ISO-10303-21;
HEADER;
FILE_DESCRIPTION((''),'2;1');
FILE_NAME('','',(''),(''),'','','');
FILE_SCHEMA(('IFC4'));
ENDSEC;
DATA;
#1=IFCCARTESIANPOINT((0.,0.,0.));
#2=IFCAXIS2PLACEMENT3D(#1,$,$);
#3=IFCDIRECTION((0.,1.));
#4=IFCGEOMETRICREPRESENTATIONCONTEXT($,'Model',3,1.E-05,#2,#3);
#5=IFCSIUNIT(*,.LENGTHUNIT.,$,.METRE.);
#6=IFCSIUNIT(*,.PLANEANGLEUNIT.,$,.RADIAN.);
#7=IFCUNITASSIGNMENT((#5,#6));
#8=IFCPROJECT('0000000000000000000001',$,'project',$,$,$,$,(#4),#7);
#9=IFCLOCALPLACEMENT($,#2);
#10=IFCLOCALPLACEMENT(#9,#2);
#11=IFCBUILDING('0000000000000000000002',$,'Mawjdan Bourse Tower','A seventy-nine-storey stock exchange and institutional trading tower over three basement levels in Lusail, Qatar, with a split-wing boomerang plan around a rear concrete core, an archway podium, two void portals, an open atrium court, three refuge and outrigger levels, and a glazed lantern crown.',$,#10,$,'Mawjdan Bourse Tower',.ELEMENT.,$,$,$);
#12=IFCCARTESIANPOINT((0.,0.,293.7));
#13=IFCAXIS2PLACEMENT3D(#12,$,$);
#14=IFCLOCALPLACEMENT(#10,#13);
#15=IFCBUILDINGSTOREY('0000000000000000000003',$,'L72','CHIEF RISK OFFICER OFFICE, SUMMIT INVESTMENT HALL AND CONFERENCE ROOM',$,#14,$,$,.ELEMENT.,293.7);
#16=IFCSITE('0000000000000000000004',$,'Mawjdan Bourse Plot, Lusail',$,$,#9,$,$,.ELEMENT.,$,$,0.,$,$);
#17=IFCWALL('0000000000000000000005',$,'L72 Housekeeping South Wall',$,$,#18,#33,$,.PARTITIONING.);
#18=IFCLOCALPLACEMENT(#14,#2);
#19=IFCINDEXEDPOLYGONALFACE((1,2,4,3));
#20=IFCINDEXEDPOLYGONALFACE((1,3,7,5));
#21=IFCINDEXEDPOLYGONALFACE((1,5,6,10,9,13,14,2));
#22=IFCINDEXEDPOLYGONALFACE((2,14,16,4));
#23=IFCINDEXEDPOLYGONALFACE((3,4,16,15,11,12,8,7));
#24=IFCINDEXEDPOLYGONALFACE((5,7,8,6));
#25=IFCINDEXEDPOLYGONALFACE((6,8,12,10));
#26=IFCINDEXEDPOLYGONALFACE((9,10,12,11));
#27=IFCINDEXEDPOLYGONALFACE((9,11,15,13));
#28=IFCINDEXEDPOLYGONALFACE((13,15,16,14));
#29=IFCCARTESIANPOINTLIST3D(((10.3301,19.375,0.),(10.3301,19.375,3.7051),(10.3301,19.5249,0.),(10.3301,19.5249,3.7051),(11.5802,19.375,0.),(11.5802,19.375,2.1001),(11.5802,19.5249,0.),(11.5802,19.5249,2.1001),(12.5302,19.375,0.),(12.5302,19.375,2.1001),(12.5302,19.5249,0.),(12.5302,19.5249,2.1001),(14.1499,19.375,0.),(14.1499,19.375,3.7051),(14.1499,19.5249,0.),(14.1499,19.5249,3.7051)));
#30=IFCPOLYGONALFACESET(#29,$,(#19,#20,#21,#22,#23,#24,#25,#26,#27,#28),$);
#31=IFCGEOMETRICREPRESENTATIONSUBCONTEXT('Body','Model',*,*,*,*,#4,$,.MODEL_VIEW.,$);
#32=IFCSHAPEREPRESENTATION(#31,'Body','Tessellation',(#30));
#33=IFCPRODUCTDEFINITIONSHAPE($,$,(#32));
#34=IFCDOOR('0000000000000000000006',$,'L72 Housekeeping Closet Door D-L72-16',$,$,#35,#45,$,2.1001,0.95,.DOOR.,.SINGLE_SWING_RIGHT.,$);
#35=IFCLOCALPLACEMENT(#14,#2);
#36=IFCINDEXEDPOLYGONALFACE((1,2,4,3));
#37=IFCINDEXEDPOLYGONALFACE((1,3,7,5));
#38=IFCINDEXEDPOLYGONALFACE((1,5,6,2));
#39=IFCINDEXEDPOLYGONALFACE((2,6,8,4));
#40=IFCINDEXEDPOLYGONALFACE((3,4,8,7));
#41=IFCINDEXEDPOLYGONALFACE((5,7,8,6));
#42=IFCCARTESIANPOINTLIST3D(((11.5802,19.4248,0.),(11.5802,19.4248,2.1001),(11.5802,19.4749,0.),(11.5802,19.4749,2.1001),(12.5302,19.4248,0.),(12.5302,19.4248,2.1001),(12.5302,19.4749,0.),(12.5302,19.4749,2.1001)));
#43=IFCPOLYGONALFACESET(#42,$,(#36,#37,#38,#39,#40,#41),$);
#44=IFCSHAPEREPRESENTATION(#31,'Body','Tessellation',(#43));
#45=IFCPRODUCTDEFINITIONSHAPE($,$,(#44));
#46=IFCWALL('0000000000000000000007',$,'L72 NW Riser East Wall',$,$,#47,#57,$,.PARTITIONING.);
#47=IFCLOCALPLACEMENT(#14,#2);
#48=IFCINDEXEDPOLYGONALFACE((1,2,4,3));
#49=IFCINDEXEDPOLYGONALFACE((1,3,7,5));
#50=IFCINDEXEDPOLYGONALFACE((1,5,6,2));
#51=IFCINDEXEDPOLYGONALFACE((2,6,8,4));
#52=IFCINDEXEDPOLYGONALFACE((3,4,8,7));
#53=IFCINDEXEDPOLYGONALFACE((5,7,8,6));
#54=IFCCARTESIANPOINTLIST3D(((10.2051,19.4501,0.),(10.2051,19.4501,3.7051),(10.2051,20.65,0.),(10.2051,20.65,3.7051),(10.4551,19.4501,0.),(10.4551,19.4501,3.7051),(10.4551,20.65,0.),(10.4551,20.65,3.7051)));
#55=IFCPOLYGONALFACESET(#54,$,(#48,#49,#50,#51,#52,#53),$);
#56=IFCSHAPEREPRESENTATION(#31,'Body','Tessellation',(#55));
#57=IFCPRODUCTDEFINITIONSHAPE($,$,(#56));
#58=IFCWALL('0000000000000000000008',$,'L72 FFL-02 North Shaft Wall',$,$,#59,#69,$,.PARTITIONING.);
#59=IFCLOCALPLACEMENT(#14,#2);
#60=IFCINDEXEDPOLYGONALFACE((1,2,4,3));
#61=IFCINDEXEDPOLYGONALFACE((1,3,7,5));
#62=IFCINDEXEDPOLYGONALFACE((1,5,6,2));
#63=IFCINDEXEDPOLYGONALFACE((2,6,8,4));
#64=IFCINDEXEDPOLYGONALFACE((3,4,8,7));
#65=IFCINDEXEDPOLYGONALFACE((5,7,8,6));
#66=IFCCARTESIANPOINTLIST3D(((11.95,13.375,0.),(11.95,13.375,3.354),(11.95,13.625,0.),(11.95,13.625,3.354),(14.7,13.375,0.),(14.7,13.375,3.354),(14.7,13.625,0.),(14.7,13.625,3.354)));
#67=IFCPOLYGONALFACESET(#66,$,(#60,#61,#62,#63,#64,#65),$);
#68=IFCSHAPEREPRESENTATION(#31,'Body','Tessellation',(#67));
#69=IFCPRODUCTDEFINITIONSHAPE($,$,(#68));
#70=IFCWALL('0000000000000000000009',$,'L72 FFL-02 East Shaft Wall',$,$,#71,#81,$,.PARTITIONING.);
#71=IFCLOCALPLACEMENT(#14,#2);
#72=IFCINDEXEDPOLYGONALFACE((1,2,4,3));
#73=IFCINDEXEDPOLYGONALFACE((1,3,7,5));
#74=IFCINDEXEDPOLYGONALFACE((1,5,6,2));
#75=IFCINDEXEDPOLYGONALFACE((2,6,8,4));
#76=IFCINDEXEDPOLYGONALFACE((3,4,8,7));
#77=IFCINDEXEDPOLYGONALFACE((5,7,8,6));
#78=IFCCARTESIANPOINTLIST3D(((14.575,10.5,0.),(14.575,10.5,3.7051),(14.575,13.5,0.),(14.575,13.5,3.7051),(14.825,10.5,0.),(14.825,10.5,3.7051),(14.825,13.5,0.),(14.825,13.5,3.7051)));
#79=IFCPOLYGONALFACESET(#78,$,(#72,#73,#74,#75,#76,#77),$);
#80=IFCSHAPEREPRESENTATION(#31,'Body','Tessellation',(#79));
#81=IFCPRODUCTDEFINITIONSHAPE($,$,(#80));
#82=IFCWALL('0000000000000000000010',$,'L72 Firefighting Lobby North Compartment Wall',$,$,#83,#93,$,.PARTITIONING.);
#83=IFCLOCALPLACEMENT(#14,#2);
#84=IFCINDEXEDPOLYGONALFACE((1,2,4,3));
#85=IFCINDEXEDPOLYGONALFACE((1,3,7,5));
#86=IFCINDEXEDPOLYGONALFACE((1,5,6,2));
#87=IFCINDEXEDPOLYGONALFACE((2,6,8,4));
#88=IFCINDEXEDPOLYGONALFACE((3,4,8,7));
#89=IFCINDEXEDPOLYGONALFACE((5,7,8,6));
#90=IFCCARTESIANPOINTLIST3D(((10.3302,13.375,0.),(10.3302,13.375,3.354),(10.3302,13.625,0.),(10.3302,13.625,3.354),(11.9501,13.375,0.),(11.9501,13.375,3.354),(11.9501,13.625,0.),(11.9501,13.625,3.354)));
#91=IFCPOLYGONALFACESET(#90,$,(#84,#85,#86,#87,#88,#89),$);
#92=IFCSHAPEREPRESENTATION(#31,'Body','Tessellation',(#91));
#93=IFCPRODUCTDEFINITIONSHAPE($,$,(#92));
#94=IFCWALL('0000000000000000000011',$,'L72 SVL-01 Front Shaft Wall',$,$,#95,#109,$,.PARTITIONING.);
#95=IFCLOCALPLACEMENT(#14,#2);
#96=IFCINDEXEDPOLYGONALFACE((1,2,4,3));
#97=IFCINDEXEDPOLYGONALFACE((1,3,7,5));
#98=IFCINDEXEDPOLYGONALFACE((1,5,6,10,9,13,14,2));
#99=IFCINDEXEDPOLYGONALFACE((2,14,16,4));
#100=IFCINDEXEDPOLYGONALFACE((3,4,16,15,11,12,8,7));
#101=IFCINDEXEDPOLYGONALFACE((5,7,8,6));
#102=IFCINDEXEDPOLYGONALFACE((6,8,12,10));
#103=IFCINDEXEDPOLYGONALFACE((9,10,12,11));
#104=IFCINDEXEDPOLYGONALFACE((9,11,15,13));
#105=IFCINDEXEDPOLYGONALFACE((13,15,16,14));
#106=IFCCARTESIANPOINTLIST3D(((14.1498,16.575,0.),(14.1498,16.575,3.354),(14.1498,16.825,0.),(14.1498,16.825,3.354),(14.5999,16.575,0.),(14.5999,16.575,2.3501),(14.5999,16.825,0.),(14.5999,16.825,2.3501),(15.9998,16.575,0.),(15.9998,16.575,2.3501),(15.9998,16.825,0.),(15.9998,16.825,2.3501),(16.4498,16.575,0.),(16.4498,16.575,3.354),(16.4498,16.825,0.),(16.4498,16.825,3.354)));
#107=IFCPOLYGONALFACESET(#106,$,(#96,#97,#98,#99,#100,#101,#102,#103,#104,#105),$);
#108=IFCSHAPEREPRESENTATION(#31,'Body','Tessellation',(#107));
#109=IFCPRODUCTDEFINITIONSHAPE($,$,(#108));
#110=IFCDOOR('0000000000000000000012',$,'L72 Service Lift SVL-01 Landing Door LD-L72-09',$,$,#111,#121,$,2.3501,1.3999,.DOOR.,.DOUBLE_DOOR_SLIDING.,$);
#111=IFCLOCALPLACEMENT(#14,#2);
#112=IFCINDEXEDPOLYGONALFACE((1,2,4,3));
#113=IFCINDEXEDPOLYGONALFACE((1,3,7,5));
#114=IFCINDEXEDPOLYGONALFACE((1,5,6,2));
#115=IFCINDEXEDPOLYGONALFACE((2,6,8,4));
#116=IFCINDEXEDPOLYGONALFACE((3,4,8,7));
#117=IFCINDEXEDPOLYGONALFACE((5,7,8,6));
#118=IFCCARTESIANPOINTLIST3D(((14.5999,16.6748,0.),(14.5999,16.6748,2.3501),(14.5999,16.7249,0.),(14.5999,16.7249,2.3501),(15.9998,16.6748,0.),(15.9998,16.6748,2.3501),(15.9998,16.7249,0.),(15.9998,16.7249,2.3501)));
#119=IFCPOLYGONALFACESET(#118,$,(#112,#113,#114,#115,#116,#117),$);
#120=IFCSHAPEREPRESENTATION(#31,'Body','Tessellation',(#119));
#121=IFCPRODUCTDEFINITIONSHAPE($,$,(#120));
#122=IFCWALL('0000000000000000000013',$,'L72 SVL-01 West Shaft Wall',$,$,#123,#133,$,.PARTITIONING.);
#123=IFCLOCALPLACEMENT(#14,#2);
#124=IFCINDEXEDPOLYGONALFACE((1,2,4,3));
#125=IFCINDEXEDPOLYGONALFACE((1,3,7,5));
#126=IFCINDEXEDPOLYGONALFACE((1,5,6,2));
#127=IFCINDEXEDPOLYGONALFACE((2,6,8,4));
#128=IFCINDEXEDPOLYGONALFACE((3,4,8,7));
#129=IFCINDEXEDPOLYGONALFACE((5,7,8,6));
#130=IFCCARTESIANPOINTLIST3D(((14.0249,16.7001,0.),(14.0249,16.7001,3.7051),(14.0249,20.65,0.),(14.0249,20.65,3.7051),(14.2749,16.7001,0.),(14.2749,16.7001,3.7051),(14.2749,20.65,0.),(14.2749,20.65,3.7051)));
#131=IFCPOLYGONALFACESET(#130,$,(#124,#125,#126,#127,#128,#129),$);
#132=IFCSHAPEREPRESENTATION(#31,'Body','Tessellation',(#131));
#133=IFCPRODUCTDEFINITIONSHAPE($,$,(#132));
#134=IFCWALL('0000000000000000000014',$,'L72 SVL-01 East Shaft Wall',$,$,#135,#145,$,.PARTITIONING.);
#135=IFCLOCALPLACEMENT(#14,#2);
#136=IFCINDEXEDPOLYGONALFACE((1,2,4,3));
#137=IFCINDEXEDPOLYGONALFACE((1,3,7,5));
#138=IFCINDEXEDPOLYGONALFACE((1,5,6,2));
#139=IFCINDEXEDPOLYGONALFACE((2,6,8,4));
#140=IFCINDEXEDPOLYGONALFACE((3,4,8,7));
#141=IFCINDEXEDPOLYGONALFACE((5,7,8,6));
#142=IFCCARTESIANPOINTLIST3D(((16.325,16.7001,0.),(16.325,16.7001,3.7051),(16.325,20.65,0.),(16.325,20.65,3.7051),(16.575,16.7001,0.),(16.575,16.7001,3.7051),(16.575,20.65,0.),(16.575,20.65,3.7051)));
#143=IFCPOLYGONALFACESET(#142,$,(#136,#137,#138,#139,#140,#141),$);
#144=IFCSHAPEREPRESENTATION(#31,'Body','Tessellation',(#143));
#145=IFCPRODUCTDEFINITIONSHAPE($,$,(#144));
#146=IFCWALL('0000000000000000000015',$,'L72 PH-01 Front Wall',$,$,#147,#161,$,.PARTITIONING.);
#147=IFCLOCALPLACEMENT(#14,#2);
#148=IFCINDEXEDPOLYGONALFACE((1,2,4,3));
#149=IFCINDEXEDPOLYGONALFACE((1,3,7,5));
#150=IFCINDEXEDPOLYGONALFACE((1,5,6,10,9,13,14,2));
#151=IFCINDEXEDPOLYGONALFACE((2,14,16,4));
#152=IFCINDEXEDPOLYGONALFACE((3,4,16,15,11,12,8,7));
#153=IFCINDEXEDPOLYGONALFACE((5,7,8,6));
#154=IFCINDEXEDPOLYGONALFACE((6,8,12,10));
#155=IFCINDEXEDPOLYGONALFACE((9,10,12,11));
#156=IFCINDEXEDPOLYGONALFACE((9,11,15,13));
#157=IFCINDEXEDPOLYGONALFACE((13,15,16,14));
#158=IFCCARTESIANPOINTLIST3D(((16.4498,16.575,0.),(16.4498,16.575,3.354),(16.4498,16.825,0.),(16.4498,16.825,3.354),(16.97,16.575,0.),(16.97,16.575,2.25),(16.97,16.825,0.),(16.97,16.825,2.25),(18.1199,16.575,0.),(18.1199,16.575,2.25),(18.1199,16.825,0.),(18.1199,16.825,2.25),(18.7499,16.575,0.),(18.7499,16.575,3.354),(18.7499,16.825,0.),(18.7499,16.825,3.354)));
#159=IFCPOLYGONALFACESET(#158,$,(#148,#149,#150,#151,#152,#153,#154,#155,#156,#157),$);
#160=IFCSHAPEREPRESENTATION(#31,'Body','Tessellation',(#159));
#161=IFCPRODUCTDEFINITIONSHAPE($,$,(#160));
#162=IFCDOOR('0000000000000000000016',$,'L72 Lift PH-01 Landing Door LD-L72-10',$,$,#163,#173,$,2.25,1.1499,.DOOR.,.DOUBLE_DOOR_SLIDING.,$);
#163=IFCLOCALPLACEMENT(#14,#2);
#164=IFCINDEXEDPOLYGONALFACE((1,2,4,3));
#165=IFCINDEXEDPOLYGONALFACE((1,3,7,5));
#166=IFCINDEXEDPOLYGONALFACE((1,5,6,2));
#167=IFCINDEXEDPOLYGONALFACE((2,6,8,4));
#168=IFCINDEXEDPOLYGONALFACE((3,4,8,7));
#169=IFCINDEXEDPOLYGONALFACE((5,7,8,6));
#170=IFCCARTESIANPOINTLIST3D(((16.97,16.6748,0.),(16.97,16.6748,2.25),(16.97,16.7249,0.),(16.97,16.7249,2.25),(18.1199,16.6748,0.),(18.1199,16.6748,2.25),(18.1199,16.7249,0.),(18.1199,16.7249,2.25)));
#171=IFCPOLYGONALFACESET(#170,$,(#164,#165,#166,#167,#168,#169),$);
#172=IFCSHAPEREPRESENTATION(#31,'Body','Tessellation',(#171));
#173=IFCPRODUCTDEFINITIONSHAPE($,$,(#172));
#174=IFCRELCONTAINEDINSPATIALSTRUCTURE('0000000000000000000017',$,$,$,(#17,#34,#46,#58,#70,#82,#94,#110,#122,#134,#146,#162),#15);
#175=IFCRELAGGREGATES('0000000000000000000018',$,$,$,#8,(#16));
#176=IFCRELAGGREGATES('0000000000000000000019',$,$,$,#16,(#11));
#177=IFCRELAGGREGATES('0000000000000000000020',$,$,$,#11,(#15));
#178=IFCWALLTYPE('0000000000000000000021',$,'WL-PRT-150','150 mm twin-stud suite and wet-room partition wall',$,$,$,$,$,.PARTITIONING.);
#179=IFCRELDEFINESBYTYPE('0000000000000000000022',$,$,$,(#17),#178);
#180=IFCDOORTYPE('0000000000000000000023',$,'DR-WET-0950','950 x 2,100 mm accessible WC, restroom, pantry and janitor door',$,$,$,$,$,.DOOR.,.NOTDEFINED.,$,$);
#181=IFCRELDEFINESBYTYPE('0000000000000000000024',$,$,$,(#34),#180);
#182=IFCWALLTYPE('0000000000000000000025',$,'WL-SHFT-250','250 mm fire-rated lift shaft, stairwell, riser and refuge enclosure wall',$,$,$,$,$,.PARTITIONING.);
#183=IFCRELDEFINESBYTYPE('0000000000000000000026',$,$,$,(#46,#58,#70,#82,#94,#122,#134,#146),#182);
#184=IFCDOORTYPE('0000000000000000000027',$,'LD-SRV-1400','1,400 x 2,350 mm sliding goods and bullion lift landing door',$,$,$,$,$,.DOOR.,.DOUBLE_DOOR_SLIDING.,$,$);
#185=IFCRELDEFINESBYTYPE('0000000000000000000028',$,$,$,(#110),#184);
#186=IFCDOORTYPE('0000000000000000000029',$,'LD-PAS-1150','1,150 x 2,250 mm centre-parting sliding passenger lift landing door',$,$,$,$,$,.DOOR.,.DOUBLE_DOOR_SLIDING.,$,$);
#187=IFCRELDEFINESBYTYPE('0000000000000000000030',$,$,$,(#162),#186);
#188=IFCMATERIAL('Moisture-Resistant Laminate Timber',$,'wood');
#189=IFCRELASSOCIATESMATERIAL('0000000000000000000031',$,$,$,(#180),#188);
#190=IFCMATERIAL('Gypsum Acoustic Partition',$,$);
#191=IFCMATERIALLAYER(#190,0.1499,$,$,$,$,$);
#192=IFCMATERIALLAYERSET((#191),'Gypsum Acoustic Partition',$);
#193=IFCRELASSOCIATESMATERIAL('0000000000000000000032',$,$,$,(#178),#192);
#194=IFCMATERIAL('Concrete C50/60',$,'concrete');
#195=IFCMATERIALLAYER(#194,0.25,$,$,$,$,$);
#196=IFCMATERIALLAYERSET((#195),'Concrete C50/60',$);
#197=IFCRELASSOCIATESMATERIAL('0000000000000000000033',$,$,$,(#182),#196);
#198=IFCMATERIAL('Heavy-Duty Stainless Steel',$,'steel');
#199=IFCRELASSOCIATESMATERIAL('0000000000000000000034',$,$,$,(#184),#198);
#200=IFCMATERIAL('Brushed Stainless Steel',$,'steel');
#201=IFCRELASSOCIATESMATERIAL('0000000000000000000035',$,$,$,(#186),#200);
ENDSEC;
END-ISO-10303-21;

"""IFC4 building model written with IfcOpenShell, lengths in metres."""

from ifc_helpers import new_model, si_unit, direction, frame, frame_2d, origin, place, context, subcontext, project, spatial, rectangle, extrude, material, layer, layer_set, type_object, element, fill, save


model = new_model("IFC4")

# Units and contexts
model_context = context("Model", 3, precision=1e-05, world=origin(), true_north=direction((0.0, 1.0)))
body_context = subcontext(model_context, "Body", "Model", "MODEL_VIEW")
ifc_project = project(units=[si_unit("LENGTHUNIT", "METRE"), si_unit("PLANEANGLEUNIT", "RADIAN")], contexts=[model_context])

# Site, building, storey
site_placement = place(None, origin())
site = spatial("IfcSite", under=ifc_project, at=site_placement, Name="Mawjdan Bourse Plot, Lusail", CompositionType="ELEMENT", RefElevation=0.0)
building_placement = place(site_placement, origin())
building = spatial("IfcBuilding", under=site, at=building_placement, Name="Mawjdan Bourse Tower", Description="A seventy-nine-storey stock exchange and institutional trading tower over three basement levels in Lusail, Qatar, with a split-wing boomerang plan around a rear concrete core, an archway podium, two void portals, an open atrium court, three refuge and outrigger levels, and a glazed lantern crown.", LongName="Mawjdan Bourse Tower", CompositionType="ELEMENT")
storey_placement = place(building_placement, frame((0.0, 0.0, 293.7)))
storey = spatial("IfcBuildingStorey", under=building, at=storey_placement, Name="L72", Description="CHIEF RISK OFFICER OFFICE, SUMMIT INVESTMENT HALL AND CONFERENCE ROOM", CompositionType="ELEMENT", Elevation=293.7)

# Wall, opening, door
ifc_material_1 = material(Name="Moisture-Resistant Laminate Timber", Category="wood")
door_type_1 = type_object("IfcDoorType", Name="DR-WET-0950", Description="950 x 2,100 mm accessible WC, restroom, pantry and janitor door", OperationType="NOTDEFINED", PredefinedType="DOOR", material=ifc_material_1)
ifc_material_2 = material(Name="Gypsum Acoustic Partition")
ifc_layer_1 = layer(ifc_material_2, 0.1499)
ifc_layer_set_1 = layer_set([ifc_layer_1], Name="Gypsum Acoustic Partition")
wall_type_1 = type_object("IfcWallType", Name="WL-PRT-150", Description="150 mm twin-stud suite and wet-room partition wall", PredefinedType="PARTITIONING", material=ifc_layer_set_1)
wall_1_placement = place(storey_placement, frame((10.3301, 19.45, 0.0), z_axis=(0.0, 0.0, 1.0), x_axis=(1.0, 0.0, 0.0)))
wall_1 = element("IfcWall", 1, at=wall_1_placement, inside=storey, type_object=wall_type_1, Name="L72 Housekeeping South Wall", PredefinedType="PARTITIONING", context=body_context, shape_type="SweptSolid", body=[
    extrude(rectangle(XDim=3.8198, YDim=0.1499, at=frame_2d((1.9099, 0.0))), origin(), (0.0, 0.0, 1.0), 3.7051),
])
opening_1_placement = place(wall_1_placement, frame((1.25, 0.0, 0.0)))
opening_1 = element("IfcOpeningElement", 2, at=opening_1_placement, cuts=wall_1, PredefinedType="OPENING", context=body_context, shape_type="SweptSolid", body=[
    extrude(rectangle(XDim=0.95, YDim=2.1001, at=frame_2d((0.4751, 1.05))), frame((0.0, 0.085, 0.0), z_axis=(0.0, -1.0, 0.0), x_axis=(1.0, 0.0, 0.0)), (0.0, 0.0, 1.0), 0.1699),
])
door_1_placement = place(opening_1_placement, origin())
door_1 = element("IfcDoor", 3, at=door_1_placement, inside=storey, type_object=door_type_1, Name="L72 Housekeeping Closet Door D-L72-16", OperationType="SINGLE_SWING_RIGHT", OverallHeight=2.1001, OverallWidth=0.95, PredefinedType="DOOR", context=body_context, shape_type="SweptSolid", body=[
    extrude(rectangle(XDim=0.95, YDim=2.1001, at=frame_2d((0.4751, 1.05))), frame((0.0, 0.0249, 0.0), z_axis=(0.0, -1.0, 0.0), x_axis=(1.0, 0.0, 0.0)), (0.0, 0.0, 1.0), 0.05),
])
fill(opening_1, door_1)

# Walls
ifc_material_3 = material(Name="Concrete C50/60", Category="concrete")
ifc_layer_2 = layer(ifc_material_3, 0.25)
ifc_layer_set_2 = layer_set([ifc_layer_2], Name="Concrete C50/60")
wall_type_2 = type_object("IfcWallType", Name="WL-SHFT-250", Description="250 mm fire-rated lift shaft, stairwell, riser and refuge enclosure wall", PredefinedType="PARTITIONING", material=ifc_layer_set_2)
wall_2_placement = place(storey_placement, frame((10.3301, 19.45, 0.0), z_axis=(0.0, 0.0, 1.0), x_axis=(0.0, 1.0, 0.0)))
element("IfcWall", 4, at=wall_2_placement, inside=storey, type_object=wall_type_2, Name="L72 NW Riser East Wall", PredefinedType="PARTITIONING", context=body_context, shape_type="SweptSolid", body=[
    extrude(rectangle(XDim=1.2, YDim=0.25, at=frame_2d((0.6001, 0.0))), origin(), (0.0, 0.0, 1.0), 3.7051),
])
wall_3_placement = place(storey_placement, frame((11.95, 13.5, 0.0), z_axis=(0.0, 0.0, 1.0), x_axis=(1.0, 0.0, 0.0)))
element("IfcWall", 5, at=wall_3_placement, inside=storey, type_object=wall_type_2, Name="L72 FFL-02 North Shaft Wall", PredefinedType="PARTITIONING", context=body_context, shape_type="SweptSolid", body=[
    extrude(rectangle(XDim=2.75, YDim=0.25, at=frame_2d((1.375, 0.0))), origin(), (0.0, 0.0, 1.0), 3.354),
])
wall_4_placement = place(storey_placement, frame((14.7, 10.5, 0.0), z_axis=(0.0, 0.0, 1.0), x_axis=(0.0, 1.0, 0.0)))
element("IfcWall", 6, at=wall_4_placement, inside=storey, type_object=wall_type_2, Name="L72 FFL-02 East Shaft Wall", PredefinedType="PARTITIONING", context=body_context, shape_type="SweptSolid", body=[
    extrude(rectangle(XDim=3.0, YDim=0.25, at=frame_2d((1.5, 0.0))), origin(), (0.0, 0.0, 1.0), 3.7051),
])
wall_5_placement = place(storey_placement, frame((10.3301, 13.5, 0.0), z_axis=(0.0, 0.0, 1.0), x_axis=(1.0, 0.0, 0.0)))
element("IfcWall", 7, at=wall_5_placement, inside=storey, type_object=wall_type_2, Name="L72 Firefighting Lobby North Compartment Wall", PredefinedType="PARTITIONING", context=body_context, shape_type="SweptSolid", body=[
    extrude(rectangle(XDim=1.6199, YDim=0.25, at=frame_2d((0.8101, 0.0))), origin(), (0.0, 0.0, 1.0), 3.354),
])

# Wall, opening, door
wall_6_placement = place(storey_placement, frame((14.1499, 16.7, 0.0), z_axis=(0.0, 0.0, 1.0), x_axis=(1.0, 0.0, 0.0)))
wall_6 = element("IfcWall", 8, at=wall_6_placement, inside=storey, type_object=wall_type_2, Name="L72 SVL-01 Front Shaft Wall", PredefinedType="PARTITIONING", context=body_context, shape_type="SweptSolid", body=[
    extrude(rectangle(XDim=2.3, YDim=0.25, at=frame_2d((1.1499, 0.0))), origin(), (0.0, 0.0, 1.0), 3.354),
])
opening_2_placement = place(wall_6_placement, frame((0.45, 0.0, 0.0)))
opening_2 = element("IfcOpeningElement", 9, at=opening_2_placement, cuts=wall_6, PredefinedType="OPENING", context=body_context, shape_type="SweptSolid", body=[
    extrude(rectangle(XDim=1.3999, YDim=2.3501, at=frame_2d((0.7, 1.175))), frame((0.0, 0.135, 0.0), z_axis=(0.0, -1.0, 0.0), x_axis=(1.0, 0.0, 0.0)), (0.0, 0.0, 1.0), 0.27),
])
ifc_material_4 = material(Name="Heavy-Duty Stainless Steel", Category="steel")
door_type_2 = type_object("IfcDoorType", Name="LD-SRV-1400", Description="1,400 x 2,350 mm sliding goods and bullion lift landing door", OperationType="DOUBLE_DOOR_SLIDING", PredefinedType="DOOR", material=ifc_material_4)
door_2_placement = place(opening_2_placement, origin())
door_2 = element("IfcDoor", 10, at=door_2_placement, inside=storey, type_object=door_type_2, Name="L72 Service Lift SVL-01 Landing Door LD-L72-09", OperationType="DOUBLE_DOOR_SLIDING", OverallHeight=2.3501, OverallWidth=1.3999, PredefinedType="DOOR", context=body_context, shape_type="SweptSolid", body=[
    extrude(rectangle(XDim=1.3999, YDim=2.3501, at=frame_2d((0.7, 1.175))), frame((0.0, 0.0249, 0.0), z_axis=(0.0, -1.0, 0.0), x_axis=(1.0, 0.0, 0.0)), (0.0, 0.0, 1.0), 0.05),
])
fill(opening_2, door_2)

# Walls
for number, where, z_axis, x_axis, name in (
    (11, (14.1499, 16.7, 0.0), (0.0, 0.0, 1.0), (0.0, 1.0, 0.0), "L72 SVL-01 West Shaft Wall"),
    (12, (16.45, 16.7, 0.0), (0.0, 0.0, 1.0), (0.0, 1.0, 0.0), "L72 SVL-01 East Shaft Wall"),
):
    element("IfcWall", number, at=place(storey_placement, frame(where, z_axis=z_axis, x_axis=x_axis)), inside=storey, type_object=wall_type_2, Name=name, PredefinedType="PARTITIONING", context=body_context, shape_type="SweptSolid", body=[
        extrude(rectangle(XDim=3.95, YDim=0.25, at=frame_2d((1.9751, 0.0))), origin(), (0.0, 0.0, 1.0), 3.7051),
    ])

# Wall, opening, door
wall_7_placement = place(storey_placement, frame((16.45, 16.7, 0.0), z_axis=(0.0, 0.0, 1.0), x_axis=(1.0, 0.0, 0.0)))
wall_7 = element("IfcWall", 13, at=wall_7_placement, inside=storey, type_object=wall_type_2, Name="L72 PH-01 Front Wall", PredefinedType="PARTITIONING", context=body_context, shape_type="SweptSolid", body=[
    extrude(rectangle(XDim=2.3, YDim=0.25, at=frame_2d((1.1499, 0.0))), origin(), (0.0, 0.0, 1.0), 3.354),
])
opening_3_placement = place(wall_7_placement, frame((0.52, 0.0, 0.0)))
opening_3 = element("IfcOpeningElement", 14, at=opening_3_placement, cuts=wall_7, PredefinedType="OPENING", context=body_context, shape_type="SweptSolid", body=[
    extrude(rectangle(XDim=1.1499, YDim=2.25, at=frame_2d((0.575, 1.125))), frame((0.0, 0.135, 0.0), z_axis=(0.0, -1.0, 0.0), x_axis=(1.0, 0.0, 0.0)), (0.0, 0.0, 1.0), 0.27),
])
ifc_material_5 = material(Name="Brushed Stainless Steel", Category="steel")
door_type_3 = type_object("IfcDoorType", Name="LD-PAS-1150", Description="1,150 x 2,250 mm centre-parting sliding passenger lift landing door", OperationType="DOUBLE_DOOR_SLIDING", PredefinedType="DOOR", material=ifc_material_5)
door_3_placement = place(opening_3_placement, origin())
door_3 = element("IfcDoor", 15, at=door_3_placement, inside=storey, type_object=door_type_3, Name="L72 Lift PH-01 Landing Door LD-L72-10", OperationType="DOUBLE_DOOR_SLIDING", OverallHeight=2.25, OverallWidth=1.1499, PredefinedType="DOOR", context=body_context, shape_type="SweptSolid", body=[
    extrude(rectangle(XDim=1.1499, YDim=2.25, at=frame_2d((0.575, 1.125))), frame((0.0, 0.0249, 0.0), z_axis=(0.0, -1.0, 0.0), x_axis=(1.0, 0.0, 0.0)), (0.0, 0.0, 1.0), 0.05),
])
fill(opening_3, door_3)

save(model, "model.ifc")
